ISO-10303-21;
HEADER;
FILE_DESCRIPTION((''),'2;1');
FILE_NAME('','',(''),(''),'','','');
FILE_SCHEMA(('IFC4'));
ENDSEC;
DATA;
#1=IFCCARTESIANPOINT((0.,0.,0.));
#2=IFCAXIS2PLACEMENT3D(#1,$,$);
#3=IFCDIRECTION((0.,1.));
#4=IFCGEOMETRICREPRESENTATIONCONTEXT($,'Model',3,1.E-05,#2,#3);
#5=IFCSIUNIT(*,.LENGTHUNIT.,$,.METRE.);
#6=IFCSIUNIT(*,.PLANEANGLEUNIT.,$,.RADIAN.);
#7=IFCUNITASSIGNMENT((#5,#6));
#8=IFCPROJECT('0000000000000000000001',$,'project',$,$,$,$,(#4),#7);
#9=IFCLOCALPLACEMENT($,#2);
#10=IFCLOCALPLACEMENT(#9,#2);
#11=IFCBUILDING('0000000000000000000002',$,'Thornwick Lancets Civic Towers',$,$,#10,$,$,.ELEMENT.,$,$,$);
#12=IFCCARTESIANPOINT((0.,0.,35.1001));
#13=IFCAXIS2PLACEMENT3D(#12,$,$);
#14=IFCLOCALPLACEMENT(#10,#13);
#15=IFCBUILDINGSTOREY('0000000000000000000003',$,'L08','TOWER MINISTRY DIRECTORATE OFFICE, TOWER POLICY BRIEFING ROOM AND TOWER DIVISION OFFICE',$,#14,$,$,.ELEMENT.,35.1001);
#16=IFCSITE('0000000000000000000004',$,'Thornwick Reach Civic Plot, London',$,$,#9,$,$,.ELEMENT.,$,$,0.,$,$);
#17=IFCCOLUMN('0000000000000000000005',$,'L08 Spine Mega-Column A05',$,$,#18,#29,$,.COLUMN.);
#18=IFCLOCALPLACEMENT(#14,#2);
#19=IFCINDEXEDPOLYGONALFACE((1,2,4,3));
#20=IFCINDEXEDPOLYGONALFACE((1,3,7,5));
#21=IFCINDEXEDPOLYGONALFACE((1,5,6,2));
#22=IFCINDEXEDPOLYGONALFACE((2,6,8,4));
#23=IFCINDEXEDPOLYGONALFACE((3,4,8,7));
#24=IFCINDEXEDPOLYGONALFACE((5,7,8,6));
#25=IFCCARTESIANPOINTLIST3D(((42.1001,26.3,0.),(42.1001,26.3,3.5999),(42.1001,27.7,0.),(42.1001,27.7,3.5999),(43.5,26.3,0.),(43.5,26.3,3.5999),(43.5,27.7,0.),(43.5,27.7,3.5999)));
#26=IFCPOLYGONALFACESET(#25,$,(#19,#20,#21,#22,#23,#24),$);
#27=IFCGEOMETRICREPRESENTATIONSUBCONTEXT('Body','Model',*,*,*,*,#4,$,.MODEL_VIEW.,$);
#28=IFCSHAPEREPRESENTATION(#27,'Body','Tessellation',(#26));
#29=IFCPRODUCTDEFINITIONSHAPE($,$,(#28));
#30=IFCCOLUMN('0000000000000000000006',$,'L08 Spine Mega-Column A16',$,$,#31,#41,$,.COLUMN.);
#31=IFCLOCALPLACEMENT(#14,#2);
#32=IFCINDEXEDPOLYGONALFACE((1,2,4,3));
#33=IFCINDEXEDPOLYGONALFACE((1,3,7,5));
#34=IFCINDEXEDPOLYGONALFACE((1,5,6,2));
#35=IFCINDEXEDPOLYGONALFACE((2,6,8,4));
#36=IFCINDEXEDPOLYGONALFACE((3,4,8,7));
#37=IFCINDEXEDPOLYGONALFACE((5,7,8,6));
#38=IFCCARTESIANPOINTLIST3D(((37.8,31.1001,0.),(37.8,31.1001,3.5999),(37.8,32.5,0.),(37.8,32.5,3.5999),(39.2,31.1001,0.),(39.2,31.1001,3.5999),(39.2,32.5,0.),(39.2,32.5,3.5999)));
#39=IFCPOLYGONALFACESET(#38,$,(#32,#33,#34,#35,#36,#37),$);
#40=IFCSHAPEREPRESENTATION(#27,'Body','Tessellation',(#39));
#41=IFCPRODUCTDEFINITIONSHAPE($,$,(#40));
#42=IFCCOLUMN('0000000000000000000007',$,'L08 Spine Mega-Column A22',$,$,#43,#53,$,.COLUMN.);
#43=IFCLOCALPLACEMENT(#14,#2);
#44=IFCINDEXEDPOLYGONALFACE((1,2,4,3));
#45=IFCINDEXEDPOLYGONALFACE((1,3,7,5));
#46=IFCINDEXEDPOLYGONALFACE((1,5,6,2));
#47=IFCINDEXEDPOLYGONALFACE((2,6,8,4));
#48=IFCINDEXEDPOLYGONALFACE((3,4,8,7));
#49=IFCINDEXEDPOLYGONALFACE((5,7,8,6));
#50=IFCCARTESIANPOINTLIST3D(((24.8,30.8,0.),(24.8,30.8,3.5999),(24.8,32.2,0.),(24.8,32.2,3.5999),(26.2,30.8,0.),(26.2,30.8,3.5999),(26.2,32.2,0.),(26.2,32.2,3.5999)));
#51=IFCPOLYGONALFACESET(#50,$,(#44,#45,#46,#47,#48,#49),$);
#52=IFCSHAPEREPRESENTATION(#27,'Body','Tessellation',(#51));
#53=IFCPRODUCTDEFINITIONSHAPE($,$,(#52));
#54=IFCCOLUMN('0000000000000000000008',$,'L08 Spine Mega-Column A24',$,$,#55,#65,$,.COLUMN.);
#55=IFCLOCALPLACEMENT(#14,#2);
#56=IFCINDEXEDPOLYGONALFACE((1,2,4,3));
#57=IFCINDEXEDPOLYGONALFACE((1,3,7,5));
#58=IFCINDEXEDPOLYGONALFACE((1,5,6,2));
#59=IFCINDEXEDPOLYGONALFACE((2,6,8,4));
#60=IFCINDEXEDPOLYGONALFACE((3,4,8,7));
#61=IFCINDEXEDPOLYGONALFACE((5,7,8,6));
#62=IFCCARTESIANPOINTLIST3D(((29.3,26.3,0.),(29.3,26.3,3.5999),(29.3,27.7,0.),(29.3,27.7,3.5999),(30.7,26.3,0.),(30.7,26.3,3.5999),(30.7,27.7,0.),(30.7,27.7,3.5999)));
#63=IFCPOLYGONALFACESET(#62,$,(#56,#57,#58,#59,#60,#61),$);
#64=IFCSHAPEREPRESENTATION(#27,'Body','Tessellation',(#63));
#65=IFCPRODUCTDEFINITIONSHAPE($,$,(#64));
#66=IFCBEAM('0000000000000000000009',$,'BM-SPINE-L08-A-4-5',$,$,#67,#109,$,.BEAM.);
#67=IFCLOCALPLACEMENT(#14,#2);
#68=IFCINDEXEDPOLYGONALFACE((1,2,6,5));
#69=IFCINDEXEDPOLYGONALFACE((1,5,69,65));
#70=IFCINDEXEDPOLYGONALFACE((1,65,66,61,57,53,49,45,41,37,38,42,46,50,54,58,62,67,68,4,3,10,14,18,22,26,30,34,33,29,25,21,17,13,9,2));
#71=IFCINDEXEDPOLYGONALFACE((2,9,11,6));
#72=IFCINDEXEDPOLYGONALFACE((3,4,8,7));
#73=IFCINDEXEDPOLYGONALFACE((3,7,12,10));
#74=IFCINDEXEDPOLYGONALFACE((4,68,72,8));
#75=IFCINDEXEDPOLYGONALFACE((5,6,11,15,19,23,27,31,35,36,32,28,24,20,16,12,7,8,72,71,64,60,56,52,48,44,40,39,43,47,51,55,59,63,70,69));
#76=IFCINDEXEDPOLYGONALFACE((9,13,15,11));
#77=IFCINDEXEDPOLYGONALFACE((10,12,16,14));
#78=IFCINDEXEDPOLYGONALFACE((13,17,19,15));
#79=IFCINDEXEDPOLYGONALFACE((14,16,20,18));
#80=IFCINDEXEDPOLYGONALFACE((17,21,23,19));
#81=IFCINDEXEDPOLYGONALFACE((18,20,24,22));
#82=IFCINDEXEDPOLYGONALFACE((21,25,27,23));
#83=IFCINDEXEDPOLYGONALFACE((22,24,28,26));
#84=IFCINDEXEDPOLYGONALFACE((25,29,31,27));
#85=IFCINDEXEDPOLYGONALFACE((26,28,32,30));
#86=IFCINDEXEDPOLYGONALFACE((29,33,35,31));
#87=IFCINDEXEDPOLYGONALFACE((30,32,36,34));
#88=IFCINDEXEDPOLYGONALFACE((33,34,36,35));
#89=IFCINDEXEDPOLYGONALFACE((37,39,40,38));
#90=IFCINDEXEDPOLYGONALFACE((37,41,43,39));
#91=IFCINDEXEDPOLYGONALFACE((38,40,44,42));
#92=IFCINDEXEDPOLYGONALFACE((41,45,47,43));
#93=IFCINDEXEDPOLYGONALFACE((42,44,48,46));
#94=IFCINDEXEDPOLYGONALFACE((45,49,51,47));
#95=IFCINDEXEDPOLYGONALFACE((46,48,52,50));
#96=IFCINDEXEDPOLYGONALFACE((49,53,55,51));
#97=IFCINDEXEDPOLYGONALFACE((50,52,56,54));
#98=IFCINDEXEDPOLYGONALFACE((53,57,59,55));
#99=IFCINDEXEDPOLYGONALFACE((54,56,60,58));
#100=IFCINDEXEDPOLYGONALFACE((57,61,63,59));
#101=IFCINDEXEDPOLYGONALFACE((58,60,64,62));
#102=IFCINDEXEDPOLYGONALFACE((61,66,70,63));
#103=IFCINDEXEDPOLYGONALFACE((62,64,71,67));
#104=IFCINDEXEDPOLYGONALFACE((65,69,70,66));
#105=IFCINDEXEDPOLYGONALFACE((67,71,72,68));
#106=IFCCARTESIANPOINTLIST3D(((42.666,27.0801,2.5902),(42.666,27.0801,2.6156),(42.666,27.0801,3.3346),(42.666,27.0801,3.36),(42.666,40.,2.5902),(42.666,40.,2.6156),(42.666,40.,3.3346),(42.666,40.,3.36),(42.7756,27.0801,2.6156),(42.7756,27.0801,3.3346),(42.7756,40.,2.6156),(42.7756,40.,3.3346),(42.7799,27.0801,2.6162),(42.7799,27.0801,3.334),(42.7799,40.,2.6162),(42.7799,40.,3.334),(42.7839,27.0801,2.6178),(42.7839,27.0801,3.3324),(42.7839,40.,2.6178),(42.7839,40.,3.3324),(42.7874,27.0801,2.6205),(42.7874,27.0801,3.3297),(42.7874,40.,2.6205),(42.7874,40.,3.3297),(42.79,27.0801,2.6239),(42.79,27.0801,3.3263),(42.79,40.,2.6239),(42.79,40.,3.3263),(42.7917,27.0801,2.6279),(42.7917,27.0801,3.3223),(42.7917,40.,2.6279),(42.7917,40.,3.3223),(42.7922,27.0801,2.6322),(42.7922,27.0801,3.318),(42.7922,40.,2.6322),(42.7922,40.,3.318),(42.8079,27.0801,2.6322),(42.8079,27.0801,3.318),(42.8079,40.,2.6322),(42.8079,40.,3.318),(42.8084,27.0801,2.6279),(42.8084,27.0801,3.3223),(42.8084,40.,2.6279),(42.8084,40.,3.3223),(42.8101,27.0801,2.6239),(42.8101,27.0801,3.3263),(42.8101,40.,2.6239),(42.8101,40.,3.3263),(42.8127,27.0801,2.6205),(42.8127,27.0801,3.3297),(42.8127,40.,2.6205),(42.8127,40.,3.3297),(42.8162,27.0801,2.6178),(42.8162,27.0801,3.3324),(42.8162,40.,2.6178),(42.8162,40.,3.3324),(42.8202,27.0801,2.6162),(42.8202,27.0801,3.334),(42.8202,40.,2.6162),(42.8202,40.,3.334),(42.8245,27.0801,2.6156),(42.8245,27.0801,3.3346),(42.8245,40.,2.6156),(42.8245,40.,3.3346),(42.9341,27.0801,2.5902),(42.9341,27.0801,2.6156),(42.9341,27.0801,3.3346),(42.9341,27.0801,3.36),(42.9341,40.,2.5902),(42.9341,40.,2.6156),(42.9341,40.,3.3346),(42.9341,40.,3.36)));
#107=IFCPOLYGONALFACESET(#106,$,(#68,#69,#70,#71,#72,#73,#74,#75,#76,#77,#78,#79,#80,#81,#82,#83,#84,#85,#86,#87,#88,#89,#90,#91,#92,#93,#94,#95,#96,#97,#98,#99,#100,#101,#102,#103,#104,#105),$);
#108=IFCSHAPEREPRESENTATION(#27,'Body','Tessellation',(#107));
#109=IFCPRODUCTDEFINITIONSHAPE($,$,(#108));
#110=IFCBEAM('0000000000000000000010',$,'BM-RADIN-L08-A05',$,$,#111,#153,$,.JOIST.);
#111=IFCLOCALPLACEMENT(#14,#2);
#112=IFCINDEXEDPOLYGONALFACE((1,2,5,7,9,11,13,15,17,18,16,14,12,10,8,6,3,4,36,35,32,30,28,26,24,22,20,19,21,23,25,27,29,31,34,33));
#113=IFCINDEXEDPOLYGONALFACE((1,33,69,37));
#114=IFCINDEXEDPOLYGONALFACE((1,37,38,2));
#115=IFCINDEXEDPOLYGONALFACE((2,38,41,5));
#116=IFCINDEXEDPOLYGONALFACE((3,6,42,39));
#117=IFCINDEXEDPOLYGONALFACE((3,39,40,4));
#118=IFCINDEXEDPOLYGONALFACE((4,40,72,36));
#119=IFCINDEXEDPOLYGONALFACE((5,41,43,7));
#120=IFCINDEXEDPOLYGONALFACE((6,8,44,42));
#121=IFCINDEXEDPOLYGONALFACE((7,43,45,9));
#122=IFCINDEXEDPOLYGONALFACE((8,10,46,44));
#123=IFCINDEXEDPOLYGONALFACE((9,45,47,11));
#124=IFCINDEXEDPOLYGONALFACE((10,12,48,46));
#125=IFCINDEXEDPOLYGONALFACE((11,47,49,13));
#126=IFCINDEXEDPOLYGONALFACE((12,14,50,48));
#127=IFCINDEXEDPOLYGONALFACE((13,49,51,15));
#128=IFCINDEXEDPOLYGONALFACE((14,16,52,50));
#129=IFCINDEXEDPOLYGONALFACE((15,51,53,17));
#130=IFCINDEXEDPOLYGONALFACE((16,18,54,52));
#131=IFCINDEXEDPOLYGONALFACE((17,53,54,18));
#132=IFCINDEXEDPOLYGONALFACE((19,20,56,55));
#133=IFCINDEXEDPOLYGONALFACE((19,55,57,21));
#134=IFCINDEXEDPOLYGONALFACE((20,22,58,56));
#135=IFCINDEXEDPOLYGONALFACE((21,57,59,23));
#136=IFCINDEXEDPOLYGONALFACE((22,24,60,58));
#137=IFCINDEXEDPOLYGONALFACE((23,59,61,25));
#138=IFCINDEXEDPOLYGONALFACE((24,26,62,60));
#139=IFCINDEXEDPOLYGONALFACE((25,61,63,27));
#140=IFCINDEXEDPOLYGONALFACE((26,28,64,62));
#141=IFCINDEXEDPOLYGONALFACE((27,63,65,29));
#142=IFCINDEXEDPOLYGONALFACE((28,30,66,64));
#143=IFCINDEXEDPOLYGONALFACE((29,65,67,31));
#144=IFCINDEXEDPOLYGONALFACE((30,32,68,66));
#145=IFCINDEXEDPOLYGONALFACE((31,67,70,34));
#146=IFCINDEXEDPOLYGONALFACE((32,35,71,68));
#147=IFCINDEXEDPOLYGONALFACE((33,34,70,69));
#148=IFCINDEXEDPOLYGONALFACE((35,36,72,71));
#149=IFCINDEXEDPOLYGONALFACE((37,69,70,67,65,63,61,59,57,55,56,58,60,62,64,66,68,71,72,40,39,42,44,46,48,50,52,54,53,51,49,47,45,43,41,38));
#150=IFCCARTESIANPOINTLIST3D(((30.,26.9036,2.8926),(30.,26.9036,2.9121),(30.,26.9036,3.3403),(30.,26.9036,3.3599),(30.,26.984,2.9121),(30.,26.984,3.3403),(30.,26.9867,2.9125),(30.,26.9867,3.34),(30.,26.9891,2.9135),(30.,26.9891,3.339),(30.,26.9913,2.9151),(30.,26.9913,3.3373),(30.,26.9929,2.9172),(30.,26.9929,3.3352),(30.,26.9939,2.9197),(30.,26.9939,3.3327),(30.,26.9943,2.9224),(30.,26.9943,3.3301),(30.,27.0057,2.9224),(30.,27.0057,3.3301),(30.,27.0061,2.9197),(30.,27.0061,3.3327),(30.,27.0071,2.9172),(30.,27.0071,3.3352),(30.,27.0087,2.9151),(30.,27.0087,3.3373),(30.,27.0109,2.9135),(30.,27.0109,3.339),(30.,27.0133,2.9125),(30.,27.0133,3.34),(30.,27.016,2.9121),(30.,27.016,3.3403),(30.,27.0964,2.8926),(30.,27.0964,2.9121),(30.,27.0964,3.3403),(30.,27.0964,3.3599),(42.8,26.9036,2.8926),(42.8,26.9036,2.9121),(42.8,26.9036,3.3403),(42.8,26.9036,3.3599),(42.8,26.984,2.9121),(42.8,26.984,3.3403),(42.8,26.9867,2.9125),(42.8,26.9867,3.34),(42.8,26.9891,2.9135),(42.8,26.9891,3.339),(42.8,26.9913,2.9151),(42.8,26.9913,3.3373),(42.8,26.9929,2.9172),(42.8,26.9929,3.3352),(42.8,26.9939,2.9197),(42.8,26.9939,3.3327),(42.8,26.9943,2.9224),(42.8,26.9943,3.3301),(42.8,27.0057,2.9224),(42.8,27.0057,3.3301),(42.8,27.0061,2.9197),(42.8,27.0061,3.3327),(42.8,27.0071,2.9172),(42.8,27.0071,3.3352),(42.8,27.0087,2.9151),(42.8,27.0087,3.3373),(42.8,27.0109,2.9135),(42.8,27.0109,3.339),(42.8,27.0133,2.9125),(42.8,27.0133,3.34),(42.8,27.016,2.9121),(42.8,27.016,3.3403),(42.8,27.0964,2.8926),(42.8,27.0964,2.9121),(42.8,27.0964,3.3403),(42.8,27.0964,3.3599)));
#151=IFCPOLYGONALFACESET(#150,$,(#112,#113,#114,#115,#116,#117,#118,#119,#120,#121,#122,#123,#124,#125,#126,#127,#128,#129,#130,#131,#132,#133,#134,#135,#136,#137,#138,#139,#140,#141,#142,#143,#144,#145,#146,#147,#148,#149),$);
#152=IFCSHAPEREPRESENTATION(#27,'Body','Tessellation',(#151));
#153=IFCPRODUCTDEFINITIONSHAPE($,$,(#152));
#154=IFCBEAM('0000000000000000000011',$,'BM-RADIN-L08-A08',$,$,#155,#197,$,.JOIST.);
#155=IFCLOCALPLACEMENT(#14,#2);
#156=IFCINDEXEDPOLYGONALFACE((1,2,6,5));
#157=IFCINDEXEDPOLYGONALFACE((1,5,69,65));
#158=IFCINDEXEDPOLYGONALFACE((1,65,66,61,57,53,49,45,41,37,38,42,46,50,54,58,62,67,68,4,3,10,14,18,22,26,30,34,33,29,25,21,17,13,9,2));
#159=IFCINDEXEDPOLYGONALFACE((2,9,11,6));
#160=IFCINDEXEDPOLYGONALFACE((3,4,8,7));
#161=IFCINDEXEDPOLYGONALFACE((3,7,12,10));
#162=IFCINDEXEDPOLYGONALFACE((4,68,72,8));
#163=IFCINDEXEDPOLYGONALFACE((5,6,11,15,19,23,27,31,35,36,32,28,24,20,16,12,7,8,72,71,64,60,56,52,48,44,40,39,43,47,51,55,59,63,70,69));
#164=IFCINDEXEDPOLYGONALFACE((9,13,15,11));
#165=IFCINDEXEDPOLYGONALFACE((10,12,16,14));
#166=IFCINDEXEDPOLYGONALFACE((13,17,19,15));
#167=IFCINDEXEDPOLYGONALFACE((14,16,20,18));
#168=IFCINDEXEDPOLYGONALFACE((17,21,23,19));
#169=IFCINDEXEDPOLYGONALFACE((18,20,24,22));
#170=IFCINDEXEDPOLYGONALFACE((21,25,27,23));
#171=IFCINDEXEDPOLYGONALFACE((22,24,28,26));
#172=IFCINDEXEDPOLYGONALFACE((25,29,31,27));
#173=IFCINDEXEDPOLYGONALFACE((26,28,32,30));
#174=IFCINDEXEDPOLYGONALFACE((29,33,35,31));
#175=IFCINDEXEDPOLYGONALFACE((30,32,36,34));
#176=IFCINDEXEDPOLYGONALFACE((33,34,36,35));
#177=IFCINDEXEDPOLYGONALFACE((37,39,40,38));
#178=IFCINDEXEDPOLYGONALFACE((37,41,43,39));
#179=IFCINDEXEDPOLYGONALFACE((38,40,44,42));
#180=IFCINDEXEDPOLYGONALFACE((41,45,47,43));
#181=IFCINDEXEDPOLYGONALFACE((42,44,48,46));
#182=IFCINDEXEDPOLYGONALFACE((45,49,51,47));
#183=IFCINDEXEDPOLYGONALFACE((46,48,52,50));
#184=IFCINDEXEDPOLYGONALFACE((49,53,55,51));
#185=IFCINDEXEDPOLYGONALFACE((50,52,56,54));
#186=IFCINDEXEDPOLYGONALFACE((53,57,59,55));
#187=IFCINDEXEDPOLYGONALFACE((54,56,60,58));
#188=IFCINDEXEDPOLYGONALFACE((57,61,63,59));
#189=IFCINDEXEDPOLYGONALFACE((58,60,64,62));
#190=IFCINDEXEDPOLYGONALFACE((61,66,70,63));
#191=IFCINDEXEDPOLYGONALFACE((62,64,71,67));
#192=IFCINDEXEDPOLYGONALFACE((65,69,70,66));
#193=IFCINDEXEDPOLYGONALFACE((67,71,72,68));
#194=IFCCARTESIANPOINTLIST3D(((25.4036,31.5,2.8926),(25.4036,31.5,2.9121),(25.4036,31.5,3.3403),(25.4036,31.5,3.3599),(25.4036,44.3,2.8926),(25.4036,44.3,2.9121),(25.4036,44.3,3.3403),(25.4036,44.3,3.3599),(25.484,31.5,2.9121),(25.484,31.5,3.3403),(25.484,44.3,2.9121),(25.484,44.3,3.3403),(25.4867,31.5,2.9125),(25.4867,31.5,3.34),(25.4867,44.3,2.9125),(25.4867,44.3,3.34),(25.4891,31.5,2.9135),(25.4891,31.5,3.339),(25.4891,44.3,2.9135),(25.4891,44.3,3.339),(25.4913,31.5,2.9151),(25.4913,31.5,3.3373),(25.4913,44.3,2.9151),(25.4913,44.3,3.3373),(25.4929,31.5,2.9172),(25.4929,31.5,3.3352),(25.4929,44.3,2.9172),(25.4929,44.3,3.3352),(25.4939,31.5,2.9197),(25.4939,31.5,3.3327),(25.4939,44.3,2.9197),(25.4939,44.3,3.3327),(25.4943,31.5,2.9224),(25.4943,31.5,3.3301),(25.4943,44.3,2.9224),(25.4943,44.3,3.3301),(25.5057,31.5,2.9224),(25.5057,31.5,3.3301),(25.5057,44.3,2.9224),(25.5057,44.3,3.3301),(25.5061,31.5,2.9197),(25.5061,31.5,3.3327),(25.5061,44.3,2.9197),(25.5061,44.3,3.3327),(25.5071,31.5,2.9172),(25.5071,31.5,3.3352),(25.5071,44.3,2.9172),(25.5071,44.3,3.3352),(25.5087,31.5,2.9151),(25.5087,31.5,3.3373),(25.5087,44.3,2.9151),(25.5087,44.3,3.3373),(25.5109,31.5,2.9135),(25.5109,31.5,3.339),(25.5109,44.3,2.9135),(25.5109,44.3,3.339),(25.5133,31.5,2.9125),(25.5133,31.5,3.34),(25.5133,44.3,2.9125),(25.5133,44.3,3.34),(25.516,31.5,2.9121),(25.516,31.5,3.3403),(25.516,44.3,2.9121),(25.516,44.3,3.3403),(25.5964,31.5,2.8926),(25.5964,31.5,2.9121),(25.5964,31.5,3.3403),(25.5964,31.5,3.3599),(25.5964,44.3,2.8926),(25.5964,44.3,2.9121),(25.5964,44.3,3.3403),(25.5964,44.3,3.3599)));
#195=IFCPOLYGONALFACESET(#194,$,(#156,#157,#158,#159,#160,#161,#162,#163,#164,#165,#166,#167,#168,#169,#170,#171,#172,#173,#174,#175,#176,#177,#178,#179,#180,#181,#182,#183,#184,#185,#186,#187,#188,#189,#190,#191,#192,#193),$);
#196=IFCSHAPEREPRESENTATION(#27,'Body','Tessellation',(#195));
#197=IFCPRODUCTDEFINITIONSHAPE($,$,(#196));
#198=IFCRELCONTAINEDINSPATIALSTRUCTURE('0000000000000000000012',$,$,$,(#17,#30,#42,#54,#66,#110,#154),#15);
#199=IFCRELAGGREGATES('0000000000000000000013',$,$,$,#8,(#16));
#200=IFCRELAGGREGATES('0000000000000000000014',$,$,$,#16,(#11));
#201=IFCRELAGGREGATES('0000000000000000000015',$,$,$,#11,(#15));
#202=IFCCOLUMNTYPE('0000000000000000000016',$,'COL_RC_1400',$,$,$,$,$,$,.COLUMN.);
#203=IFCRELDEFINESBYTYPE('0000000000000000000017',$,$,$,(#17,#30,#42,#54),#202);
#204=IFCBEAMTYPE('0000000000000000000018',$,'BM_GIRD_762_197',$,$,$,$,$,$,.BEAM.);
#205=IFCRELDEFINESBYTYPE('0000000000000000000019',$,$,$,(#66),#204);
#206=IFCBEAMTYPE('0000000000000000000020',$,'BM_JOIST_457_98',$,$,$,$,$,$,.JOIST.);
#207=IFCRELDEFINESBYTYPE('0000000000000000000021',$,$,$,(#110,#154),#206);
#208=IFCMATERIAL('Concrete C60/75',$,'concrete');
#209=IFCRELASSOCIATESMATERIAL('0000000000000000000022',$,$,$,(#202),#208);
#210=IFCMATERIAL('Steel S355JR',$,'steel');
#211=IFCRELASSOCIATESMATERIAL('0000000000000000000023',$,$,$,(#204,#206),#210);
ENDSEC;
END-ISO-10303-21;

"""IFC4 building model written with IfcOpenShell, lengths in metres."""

from ifc_helpers import new_model, si_unit, direction, frame, origin, origin_2d, place, context, subcontext, project, spatial, rectangle, i_section, extrude, material, material_profile, profile_set, type_object, element, save


model = new_model("IFC4")

# Units and contexts
model_context = context("Model", 3, precision=1e-05, world=origin(), true_north=direction((0.0, 1.0)))
body_context = subcontext(model_context, "Body", "Model", "MODEL_VIEW")
ifc_project = project(units=[si_unit("LENGTHUNIT", "METRE"), si_unit("PLANEANGLEUNIT", "RADIAN")], contexts=[model_context])

# Site, building, storey
site_placement = place(None, origin())
site = spatial("IfcSite", under=ifc_project, at=site_placement, Name="Thornwick Reach Civic Plot, London", CompositionType="ELEMENT", RefElevation=0.0)
building_placement = place(site_placement, origin())
building = spatial("IfcBuilding", under=site, at=building_placement, Name="Thornwick Lancets Civic Towers", CompositionType="ELEMENT")
storey_placement = place(building_placement, frame((0.0, 0.0, 35.1001)))
storey = spatial("IfcBuildingStorey", under=building, at=storey_placement, Name="L08", Description="TOWER MINISTRY DIRECTORATE OFFICE, TOWER POLICY BRIEFING ROOM AND TOWER DIVISION OFFICE", CompositionType="ELEMENT", Elevation=35.1001)

# Columns
ifc_material_1 = material(Name="Concrete C60/75", Category="concrete")
ifc_material_profile_1 = material_profile(ifc_material_1, rectangle(XDim=1.3999, YDim=1.3999, at=origin_2d()), Name="RC 1400x1400")
ifc_profile_set_1 = profile_set([ifc_material_profile_1], Name="Concrete C60/75")
column_type = type_object("IfcColumnType", Name="COL_RC_1400", PredefinedType="COLUMN", material=ifc_profile_set_1)
for number, where, z_axis, x_axis, name in (
    (1, (42.8, 27.0, 0.0), (0.0, 0.0, 1.0), (1.0, 0.0, 0.0), "L08 Spine Mega-Column A05"),
    (2, (38.5, 31.8, 0.0), (0.0, 0.0, 1.0), (1.0, 0.0, 0.0), "L08 Spine Mega-Column A16"),
    (3, (25.5, 31.5, 0.0), (0.0, 0.0, 1.0), (1.0, 0.0, 0.0), "L08 Spine Mega-Column A22"),
    (4, (30.0, 27.0, 0.0), (0.0, 0.0, 1.0), (1.0, 0.0, 0.0), "L08 Spine Mega-Column A24"),
):
    element("IfcColumn", number, at=place(storey_placement, frame(where, z_axis=z_axis, x_axis=x_axis)), inside=storey, type_object=column_type, Name=name, PredefinedType="COLUMN", context=body_context, shape_type="SweptSolid", body=[
        extrude(rectangle(XDim=1.3999, YDim=1.3999, at=origin_2d()), origin(), (0.0, 0.0, 1.0), 3.5999),
    ])

# Beams
ifc_material_2 = material(Name="Steel S355JR", Category="steel")
ifc_material_profile_2 = material_profile(ifc_material_2, i_section(OverallWidth=0.2681, OverallDepth=0.7698, WebThickness=0.0156, FlangeThickness=0.0254, FilletRadius=0.0166, at=origin_2d()), Name="UKB 762x267x197")
ifc_profile_set_2 = profile_set([ifc_material_profile_2], Name="Steel S355JR")
beam_type_1 = type_object("IfcBeamType", Name="BM_GIRD_762_197", PredefinedType="BEAM", material=ifc_profile_set_2)
beam_1_placement = place(storey_placement, frame((42.8, 27.0801, 2.9751), z_axis=(0.0, 1.0, 0.0), x_axis=(-1.0, 0.0, 0.0)))
element("IfcBeam", 5, at=beam_1_placement, inside=storey, type_object=beam_type_1, Name="BM-SPINE-L08-A-4-5", PredefinedType="BEAM", context=body_context, shape_type="SweptSolid", body=[
    extrude(i_section(OverallWidth=0.2681, OverallDepth=0.7698, WebThickness=0.0156, FlangeThickness=0.0254, FilletRadius=0.0166, at=origin_2d()), origin(), (0.0, 0.0, 1.0), 12.9199),
])
ifc_material_profile_3 = material_profile(ifc_material_2, i_section(OverallWidth=0.1929, OverallDepth=0.4673, WebThickness=0.0115, FlangeThickness=0.0195, FilletRadius=0.0103, at=origin_2d()), Name="UKB 457x191x98")
ifc_profile_set_3 = profile_set([ifc_material_profile_3], Name="Steel S355JR")
beam_type_2 = type_object("IfcBeamType", Name="BM_JOIST_457_98", PredefinedType="JOIST", material=ifc_profile_set_3)
for number, where, z_axis, x_axis, name in (
    (6, (30.0, 27.0, 3.1262), (1.0, 0.0, 0.0), (0.0, 1.0, 0.0), "BM-RADIN-L08-A05"),
    (7, (25.5, 31.5, 3.1262), (0.0, 1.0, 0.0), (-1.0, 0.0, 0.0), "BM-RADIN-L08-A08"),
):
    element("IfcBeam", number, at=place(storey_placement, frame(where, z_axis=z_axis, x_axis=x_axis)), inside=storey, type_object=beam_type_2, Name=name, PredefinedType="JOIST", context=body_context, shape_type="SweptSolid", body=[
        extrude(i_section(OverallWidth=0.1929, OverallDepth=0.4673, WebThickness=0.0115, FlangeThickness=0.0195, FilletRadius=0.0103, at=origin_2d()), origin(), (0.0, 0.0, 1.0), 12.8),
    ])

save(model, "model.ifc")
